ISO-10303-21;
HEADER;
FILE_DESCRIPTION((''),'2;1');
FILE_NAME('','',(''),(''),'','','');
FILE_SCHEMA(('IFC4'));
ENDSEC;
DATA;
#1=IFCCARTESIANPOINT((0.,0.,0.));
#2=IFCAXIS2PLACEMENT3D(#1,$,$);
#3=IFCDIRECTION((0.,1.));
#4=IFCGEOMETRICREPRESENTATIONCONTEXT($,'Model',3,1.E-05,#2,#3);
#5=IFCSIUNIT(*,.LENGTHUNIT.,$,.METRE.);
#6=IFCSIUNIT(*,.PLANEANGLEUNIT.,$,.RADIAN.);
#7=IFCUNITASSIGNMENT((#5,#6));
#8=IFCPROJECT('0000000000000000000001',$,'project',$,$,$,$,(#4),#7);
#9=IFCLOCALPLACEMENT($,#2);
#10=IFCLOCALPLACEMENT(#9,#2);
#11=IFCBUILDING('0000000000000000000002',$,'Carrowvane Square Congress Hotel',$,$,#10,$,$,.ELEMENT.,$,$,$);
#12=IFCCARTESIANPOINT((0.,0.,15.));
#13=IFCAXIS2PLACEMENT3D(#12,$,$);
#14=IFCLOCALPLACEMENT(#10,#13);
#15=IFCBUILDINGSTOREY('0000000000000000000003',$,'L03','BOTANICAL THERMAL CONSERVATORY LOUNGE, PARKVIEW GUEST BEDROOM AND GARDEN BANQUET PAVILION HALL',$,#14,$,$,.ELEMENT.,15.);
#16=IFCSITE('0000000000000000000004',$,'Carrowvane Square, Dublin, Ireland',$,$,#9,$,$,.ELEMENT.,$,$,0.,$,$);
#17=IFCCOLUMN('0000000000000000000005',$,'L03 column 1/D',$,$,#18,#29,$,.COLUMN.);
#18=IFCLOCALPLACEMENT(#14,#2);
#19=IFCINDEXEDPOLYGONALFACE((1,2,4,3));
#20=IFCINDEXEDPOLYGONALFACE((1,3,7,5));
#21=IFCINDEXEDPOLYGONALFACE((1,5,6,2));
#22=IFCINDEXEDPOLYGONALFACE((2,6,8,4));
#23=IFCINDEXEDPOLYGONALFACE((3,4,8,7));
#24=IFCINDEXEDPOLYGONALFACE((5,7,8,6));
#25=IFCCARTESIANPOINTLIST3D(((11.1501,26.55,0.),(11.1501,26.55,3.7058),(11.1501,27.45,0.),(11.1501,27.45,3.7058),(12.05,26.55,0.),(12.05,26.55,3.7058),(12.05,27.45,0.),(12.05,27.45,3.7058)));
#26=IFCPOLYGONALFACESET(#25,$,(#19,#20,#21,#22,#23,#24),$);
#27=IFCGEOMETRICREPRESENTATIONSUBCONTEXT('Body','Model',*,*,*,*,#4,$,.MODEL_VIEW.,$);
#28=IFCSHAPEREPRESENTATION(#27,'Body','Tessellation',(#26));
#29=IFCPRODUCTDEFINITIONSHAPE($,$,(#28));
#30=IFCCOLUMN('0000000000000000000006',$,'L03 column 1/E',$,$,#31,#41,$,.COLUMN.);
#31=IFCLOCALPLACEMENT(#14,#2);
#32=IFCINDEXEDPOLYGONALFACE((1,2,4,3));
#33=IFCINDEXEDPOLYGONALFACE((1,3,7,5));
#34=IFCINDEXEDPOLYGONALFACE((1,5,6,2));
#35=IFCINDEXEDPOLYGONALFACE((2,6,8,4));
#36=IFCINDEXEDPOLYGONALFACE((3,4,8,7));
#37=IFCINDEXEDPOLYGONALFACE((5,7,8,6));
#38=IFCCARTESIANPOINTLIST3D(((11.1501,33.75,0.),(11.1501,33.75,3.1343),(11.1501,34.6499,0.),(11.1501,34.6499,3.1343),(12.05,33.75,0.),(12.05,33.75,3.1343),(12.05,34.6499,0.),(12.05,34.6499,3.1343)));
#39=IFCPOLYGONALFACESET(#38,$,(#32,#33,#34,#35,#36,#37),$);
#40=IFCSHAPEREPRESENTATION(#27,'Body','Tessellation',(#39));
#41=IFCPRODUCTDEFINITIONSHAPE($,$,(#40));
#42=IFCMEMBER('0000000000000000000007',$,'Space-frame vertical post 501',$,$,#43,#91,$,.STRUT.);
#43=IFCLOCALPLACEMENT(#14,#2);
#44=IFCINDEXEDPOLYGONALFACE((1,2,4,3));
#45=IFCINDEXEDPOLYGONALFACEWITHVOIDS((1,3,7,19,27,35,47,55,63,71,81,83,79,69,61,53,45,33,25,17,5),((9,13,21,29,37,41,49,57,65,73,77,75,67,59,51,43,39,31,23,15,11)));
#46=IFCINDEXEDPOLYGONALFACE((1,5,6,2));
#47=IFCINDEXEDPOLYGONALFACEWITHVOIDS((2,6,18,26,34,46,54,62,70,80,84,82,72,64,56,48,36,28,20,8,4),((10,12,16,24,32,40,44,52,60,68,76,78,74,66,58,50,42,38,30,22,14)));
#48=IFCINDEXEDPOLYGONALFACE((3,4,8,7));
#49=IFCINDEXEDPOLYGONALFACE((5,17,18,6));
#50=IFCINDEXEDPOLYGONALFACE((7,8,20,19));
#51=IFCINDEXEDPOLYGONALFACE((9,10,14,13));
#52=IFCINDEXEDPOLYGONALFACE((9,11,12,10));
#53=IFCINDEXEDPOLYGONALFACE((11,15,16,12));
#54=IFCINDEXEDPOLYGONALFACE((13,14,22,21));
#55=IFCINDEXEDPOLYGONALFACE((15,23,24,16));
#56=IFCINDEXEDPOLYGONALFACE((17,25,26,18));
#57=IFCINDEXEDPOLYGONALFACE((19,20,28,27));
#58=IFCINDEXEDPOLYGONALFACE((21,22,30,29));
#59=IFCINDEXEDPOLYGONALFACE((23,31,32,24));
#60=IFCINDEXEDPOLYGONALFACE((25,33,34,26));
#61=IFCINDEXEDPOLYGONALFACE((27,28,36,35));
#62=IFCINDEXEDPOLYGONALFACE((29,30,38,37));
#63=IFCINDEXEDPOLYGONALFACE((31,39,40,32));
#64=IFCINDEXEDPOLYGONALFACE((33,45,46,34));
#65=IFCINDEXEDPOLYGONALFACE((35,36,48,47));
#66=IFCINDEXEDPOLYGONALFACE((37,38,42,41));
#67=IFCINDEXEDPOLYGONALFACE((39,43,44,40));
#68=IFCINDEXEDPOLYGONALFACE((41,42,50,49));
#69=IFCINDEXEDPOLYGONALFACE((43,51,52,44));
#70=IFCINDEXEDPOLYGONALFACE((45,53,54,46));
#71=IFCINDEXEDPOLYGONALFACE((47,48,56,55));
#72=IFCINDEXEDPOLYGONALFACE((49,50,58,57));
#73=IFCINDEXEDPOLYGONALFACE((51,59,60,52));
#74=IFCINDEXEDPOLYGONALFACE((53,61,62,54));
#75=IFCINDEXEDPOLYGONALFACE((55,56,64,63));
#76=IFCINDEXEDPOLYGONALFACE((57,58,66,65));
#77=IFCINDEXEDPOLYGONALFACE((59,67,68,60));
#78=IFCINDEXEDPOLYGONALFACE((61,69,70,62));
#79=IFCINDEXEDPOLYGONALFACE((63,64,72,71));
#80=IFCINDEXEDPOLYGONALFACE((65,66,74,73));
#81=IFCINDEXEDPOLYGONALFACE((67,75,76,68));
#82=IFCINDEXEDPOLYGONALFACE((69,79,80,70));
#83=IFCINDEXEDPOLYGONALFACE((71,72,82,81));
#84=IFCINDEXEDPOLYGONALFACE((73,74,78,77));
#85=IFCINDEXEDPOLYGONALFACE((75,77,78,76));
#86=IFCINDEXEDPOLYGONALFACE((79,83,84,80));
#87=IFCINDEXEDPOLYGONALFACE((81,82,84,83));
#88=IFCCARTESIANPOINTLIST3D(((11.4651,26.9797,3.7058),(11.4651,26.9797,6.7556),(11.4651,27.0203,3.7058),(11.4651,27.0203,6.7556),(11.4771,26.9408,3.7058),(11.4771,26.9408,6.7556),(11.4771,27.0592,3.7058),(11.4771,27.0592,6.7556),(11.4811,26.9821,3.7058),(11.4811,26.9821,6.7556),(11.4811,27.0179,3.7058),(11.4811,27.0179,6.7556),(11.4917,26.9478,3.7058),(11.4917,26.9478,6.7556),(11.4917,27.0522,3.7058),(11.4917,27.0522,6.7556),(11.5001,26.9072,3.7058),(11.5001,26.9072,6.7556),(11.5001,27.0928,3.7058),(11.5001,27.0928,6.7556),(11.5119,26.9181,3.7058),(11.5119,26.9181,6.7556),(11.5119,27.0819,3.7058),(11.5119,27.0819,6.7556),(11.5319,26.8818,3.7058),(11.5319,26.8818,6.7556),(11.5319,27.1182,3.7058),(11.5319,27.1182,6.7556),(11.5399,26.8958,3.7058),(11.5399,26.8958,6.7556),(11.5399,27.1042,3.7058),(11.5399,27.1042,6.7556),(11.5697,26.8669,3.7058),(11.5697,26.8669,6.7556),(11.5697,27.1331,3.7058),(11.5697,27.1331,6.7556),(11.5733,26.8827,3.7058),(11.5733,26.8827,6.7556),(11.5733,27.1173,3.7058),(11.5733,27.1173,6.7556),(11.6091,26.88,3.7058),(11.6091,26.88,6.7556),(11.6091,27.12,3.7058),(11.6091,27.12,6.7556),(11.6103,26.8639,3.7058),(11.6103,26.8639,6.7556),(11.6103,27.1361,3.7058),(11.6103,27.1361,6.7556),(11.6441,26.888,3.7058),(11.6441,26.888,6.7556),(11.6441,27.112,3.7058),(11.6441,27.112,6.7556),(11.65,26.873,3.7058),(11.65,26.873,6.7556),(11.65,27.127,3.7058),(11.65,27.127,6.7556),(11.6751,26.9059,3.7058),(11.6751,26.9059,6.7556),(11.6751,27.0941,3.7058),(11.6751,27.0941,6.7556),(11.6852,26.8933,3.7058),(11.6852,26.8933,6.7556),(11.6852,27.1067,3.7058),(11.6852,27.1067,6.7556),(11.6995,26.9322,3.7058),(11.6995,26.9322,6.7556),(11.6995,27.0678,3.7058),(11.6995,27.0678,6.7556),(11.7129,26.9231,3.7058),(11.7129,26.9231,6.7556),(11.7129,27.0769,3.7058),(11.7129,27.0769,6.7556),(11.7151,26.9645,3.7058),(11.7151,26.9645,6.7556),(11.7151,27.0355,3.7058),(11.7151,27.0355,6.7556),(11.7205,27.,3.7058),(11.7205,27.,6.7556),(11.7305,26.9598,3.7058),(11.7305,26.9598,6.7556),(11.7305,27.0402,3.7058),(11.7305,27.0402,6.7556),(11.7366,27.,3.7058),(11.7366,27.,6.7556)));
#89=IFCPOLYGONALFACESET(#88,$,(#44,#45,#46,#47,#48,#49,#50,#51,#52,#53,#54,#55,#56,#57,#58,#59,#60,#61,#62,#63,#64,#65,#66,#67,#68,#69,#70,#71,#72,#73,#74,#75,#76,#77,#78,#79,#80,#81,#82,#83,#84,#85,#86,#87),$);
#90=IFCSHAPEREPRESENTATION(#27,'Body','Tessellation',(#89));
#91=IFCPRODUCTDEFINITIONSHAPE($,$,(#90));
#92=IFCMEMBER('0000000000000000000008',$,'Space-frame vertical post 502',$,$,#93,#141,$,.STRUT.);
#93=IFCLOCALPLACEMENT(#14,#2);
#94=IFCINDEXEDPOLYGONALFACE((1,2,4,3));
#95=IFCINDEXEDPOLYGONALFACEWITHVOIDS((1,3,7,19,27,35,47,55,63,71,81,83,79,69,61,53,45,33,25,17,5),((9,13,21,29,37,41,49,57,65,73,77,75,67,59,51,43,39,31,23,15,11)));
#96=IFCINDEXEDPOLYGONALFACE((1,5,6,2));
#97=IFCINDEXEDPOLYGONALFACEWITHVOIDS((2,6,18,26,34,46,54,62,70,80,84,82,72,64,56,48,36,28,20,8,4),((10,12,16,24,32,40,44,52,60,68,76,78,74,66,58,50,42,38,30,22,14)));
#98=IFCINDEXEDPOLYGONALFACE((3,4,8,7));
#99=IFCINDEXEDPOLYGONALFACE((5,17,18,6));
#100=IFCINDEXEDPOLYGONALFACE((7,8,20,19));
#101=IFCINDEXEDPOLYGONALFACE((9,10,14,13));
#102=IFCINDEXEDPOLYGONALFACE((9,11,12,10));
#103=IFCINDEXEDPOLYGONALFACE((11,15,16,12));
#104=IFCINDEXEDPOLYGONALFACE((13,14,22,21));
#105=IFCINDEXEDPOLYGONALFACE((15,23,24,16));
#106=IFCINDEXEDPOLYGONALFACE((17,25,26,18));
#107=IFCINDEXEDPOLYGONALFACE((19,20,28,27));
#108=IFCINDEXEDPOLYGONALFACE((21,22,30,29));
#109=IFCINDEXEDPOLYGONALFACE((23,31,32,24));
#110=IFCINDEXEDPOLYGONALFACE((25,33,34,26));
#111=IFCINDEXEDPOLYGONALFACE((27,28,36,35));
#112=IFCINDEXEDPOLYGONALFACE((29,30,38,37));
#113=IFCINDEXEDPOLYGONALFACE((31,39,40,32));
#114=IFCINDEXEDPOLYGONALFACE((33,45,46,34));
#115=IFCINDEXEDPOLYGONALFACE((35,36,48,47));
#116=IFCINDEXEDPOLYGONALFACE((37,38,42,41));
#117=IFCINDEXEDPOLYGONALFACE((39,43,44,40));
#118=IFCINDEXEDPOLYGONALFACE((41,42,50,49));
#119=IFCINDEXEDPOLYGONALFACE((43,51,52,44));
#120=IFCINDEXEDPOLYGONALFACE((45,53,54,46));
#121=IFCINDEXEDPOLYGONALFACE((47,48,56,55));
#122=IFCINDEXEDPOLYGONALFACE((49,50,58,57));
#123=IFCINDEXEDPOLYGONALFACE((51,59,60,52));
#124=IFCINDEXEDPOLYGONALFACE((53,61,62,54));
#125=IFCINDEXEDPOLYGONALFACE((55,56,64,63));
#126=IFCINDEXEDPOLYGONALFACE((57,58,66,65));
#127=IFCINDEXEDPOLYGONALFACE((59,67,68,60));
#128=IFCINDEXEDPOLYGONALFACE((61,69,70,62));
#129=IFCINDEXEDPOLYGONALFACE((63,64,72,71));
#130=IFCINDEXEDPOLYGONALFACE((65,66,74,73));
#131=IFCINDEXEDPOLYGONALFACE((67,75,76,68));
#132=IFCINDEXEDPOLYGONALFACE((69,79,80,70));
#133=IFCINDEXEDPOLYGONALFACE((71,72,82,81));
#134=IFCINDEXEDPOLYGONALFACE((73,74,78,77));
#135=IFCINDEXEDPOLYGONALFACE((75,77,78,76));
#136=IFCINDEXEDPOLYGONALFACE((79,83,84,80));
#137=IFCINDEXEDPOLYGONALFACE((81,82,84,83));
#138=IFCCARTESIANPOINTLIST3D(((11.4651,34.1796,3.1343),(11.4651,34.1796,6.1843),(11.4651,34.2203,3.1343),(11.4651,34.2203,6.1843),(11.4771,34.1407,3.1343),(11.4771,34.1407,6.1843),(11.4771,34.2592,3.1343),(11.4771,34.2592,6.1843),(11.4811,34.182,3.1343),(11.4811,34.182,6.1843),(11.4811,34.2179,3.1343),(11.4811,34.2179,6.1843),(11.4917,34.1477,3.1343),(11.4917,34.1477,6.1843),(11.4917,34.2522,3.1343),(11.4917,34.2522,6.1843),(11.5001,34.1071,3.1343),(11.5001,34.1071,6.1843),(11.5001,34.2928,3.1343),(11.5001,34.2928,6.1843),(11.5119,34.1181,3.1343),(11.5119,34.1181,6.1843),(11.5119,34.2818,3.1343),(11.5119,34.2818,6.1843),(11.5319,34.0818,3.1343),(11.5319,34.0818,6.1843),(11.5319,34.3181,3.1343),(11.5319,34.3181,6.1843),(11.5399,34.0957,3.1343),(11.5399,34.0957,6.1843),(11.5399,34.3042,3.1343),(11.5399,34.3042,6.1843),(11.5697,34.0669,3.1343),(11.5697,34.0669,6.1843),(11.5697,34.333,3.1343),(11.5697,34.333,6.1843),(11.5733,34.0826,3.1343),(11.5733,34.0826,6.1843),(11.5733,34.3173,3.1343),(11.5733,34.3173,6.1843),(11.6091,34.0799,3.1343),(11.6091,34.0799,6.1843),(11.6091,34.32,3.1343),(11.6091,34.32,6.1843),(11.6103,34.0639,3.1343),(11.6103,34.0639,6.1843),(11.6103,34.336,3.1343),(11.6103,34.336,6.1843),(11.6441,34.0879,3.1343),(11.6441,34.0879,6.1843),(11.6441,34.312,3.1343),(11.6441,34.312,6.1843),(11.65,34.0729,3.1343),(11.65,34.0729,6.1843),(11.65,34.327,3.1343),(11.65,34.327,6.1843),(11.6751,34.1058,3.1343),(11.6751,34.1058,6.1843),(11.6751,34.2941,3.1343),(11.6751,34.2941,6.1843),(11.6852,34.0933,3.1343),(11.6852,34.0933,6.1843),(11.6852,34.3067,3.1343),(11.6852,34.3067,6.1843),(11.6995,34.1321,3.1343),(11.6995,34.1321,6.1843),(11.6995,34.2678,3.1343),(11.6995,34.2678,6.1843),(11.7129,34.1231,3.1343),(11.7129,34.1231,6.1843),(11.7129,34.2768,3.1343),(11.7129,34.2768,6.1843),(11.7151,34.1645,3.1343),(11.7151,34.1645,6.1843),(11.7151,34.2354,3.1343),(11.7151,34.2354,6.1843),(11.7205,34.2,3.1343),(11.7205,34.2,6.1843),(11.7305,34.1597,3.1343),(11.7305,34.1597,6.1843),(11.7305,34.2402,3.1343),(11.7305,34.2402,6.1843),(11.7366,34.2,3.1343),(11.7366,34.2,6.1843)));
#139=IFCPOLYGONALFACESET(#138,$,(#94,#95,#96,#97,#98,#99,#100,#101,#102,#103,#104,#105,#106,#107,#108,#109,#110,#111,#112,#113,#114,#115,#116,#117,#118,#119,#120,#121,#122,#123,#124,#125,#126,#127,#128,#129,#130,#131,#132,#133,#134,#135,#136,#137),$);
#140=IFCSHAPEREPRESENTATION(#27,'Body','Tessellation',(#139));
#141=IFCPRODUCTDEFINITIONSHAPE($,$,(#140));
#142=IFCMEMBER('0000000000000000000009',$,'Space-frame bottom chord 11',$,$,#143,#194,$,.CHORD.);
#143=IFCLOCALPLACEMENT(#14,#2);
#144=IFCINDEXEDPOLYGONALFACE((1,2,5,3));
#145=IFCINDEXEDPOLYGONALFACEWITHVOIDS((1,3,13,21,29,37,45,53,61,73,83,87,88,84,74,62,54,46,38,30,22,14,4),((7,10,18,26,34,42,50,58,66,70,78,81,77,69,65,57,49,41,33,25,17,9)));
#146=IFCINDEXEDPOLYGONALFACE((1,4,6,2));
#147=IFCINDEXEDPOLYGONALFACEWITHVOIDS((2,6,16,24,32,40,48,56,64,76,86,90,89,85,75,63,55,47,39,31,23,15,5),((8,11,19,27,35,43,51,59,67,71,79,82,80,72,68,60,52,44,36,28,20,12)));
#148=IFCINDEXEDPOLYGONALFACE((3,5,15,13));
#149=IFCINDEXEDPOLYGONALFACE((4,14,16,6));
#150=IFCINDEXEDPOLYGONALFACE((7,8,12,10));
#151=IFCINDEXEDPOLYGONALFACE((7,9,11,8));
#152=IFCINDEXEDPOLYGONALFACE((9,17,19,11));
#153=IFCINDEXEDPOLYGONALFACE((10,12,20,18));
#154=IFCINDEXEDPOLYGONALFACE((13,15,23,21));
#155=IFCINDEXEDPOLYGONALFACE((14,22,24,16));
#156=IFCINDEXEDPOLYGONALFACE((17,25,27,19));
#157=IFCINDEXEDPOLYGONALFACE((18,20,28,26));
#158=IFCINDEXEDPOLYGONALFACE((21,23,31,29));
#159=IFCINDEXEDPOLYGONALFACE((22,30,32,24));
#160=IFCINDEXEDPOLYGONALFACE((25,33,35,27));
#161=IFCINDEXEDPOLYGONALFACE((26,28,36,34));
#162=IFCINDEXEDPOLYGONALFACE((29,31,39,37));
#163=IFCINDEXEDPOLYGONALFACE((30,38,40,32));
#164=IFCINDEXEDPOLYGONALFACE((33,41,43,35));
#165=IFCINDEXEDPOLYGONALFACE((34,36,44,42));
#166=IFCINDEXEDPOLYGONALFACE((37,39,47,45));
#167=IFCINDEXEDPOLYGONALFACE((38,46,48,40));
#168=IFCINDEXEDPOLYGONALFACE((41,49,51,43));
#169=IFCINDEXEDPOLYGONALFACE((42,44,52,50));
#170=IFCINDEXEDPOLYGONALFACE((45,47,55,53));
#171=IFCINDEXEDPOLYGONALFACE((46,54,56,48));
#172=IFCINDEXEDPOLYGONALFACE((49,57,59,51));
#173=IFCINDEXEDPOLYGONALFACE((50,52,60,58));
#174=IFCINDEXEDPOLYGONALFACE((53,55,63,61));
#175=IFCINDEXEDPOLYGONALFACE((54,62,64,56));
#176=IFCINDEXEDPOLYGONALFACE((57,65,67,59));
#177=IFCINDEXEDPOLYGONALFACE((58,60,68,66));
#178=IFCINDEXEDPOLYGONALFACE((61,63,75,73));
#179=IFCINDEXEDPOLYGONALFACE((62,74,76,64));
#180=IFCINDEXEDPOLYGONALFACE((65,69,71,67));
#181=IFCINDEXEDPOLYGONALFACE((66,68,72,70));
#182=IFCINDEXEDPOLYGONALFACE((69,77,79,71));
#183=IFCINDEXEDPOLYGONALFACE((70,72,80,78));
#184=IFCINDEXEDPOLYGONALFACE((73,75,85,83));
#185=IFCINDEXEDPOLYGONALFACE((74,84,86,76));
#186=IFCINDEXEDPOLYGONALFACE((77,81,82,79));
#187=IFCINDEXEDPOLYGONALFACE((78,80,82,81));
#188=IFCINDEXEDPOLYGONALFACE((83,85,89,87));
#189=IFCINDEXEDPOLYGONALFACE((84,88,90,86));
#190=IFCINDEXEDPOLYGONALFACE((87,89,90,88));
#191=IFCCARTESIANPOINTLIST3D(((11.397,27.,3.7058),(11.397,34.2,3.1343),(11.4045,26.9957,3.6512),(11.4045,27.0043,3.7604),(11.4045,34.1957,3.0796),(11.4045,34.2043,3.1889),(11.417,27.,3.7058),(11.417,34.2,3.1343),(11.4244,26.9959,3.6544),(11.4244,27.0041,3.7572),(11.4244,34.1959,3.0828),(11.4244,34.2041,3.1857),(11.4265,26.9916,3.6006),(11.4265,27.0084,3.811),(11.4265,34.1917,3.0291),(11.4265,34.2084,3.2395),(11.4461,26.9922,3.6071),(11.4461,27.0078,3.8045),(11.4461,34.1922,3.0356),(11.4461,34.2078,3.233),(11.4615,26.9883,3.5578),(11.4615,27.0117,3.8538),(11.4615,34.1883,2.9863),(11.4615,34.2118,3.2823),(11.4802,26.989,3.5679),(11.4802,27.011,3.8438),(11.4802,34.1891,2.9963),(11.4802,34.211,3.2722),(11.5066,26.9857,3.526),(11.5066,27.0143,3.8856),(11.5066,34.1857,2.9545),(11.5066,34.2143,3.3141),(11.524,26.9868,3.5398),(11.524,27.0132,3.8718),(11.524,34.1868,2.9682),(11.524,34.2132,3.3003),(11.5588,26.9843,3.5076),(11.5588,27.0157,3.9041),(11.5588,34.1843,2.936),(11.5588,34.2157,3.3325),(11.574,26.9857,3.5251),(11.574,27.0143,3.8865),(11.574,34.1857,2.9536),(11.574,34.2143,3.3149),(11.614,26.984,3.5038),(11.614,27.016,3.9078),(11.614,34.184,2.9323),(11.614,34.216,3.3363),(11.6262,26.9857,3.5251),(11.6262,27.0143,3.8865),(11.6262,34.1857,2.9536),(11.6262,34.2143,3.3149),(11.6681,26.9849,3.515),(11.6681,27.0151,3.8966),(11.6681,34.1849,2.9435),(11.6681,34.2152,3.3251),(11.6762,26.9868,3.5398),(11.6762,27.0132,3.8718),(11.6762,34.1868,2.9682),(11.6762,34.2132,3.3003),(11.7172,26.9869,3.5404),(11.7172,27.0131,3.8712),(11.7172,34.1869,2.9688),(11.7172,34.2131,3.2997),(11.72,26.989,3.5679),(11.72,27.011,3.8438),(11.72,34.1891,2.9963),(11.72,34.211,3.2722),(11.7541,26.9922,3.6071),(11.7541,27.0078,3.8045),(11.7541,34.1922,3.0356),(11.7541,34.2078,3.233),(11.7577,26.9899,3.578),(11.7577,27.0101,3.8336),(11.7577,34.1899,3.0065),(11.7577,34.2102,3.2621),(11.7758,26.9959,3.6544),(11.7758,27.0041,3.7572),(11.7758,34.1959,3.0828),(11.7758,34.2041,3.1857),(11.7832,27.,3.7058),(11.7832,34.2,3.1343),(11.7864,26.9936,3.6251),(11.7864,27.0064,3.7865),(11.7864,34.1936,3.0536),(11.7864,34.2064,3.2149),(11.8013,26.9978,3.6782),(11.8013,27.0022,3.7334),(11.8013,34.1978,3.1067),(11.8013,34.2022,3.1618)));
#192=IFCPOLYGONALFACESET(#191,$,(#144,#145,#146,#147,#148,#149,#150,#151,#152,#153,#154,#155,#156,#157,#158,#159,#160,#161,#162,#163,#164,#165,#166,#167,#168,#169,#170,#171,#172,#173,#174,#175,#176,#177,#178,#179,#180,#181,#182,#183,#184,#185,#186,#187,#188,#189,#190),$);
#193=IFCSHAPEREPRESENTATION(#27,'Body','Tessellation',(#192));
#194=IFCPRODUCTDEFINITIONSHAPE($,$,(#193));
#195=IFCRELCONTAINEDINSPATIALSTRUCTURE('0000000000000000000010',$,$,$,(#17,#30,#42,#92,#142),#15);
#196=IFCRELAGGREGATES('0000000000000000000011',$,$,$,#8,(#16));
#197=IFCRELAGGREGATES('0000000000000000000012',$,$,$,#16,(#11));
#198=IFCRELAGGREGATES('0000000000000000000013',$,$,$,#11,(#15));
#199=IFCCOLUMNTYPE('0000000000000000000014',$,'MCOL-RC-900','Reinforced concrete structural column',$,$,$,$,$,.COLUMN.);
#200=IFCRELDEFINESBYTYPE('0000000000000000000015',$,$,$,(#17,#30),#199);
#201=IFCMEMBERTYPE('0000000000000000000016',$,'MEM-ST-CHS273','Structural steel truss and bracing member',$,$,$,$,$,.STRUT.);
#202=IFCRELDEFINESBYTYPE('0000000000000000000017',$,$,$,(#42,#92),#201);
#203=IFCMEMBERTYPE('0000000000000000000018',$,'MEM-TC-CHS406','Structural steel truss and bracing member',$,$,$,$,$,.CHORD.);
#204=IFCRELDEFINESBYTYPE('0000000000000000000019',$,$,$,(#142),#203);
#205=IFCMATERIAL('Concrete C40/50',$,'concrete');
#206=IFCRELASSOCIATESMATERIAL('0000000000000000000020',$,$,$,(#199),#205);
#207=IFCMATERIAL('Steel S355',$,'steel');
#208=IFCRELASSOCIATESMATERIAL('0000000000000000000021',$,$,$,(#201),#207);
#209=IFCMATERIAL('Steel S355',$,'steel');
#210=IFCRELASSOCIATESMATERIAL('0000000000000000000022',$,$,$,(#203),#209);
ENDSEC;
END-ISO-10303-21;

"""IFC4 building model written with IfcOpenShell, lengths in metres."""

from ifc_helpers import new_model, si_unit, direction, frame, origin, origin_2d, place, context, subcontext, project, spatial, rectangle, hollow_circle, extrude, material, material_profile, profile_set, type_object, element, save


model = new_model("IFC4")

# Units and contexts
model_context = context("Model", 3, precision=1e-05, world=origin(), true_north=direction((0.0, 1.0)))
body_context = subcontext(model_context, "Body", "Model", "MODEL_VIEW")
ifc_project = project(units=[si_unit("LENGTHUNIT", "METRE"), si_unit("PLANEANGLEUNIT", "RADIAN")], contexts=[model_context])

# Site, building, storey
site_placement = place(None, origin())
site = spatial("IfcSite", under=ifc_project, at=site_placement, Name="Carrowvane Square, Dublin, Ireland", CompositionType="ELEMENT", RefElevation=0.0)
building_placement = place(site_placement, origin())
building = spatial("IfcBuilding", under=site, at=building_placement, Name="Carrowvane Square Congress Hotel", CompositionType="ELEMENT")
storey_placement = place(building_placement, frame((0.0, 0.0, 15.0)))
storey = spatial("IfcBuildingStorey", under=building, at=storey_placement, Name="L03", Description="BOTANICAL THERMAL CONSERVATORY LOUNGE, PARKVIEW GUEST BEDROOM AND GARDEN BANQUET PAVILION HALL", CompositionType="ELEMENT", Elevation=15.0)

# Columns
ifc_material_1 = material(Name="Concrete C40/50", Category="concrete")
ifc_material_profile_1 = material_profile(ifc_material_1, rectangle(XDim=0.8999, YDim=0.8999, at=origin_2d()), Name="RC 900x900")
ifc_profile_set_1 = profile_set([ifc_material_profile_1], Name="Concrete C40/50")
column_type = type_object("IfcColumnType", Name="MCOL-RC-900", Description="Reinforced concrete structural column", PredefinedType="COLUMN", material=ifc_profile_set_1)
column_1_placement = place(storey_placement, frame((11.6001, 27.0, 0.0), z_axis=(0.0, 0.0, 1.0), x_axis=(1.0, 0.0, 0.0)))
element("IfcColumn", 1, at=column_1_placement, inside=storey, type_object=column_type, Name="L03 column 1/D", PredefinedType="COLUMN", context=body_context, shape_type="SweptSolid", body=[
    extrude(rectangle(XDim=0.8999, YDim=0.8999, at=origin_2d()), origin(), (0.0, 0.0, 1.0), 3.7058),
])
column_2_placement = place(storey_placement, frame((11.6001, 34.2, 0.0), z_axis=(0.0, 0.0, 1.0), x_axis=(1.0, 0.0, 0.0)))
element("IfcColumn", 2, at=column_2_placement, inside=storey, type_object=column_type, Name="L03 column 1/E", PredefinedType="COLUMN", context=body_context, shape_type="SweptSolid", body=[
    extrude(rectangle(XDim=0.8999, YDim=0.8999, at=origin_2d()), origin(), (0.0, 0.0, 1.0), 3.1343),
])

# Members
ifc_material_2 = material(Name="Steel S355", Category="steel")
ifc_material_profile_2 = material_profile(ifc_material_2, hollow_circle(Radius=0.1365, WallThickness=0.0161, at=origin_2d()), Name="CHS 273.0x16")
ifc_profile_set_2 = profile_set([ifc_material_profile_2], Name="Steel S355")
member_type_1 = type_object("IfcMemberType", Name="MEM-ST-CHS273", Description="Structural steel truss and bracing member", PredefinedType="STRUT", material=ifc_profile_set_2)
member_1_placement = place(storey_placement, frame((11.6001, 27.0, 3.7058), z_axis=(0.0, 0.0, 1.0), x_axis=(1.0, 0.0, 0.0)))
element("IfcMember", 3, at=member_1_placement, inside=storey, type_object=member_type_1, Name="Space-frame vertical post 501", PredefinedType="STRUT", context=body_context, shape_type="SweptSolid", body=[
    extrude(hollow_circle(Radius=0.1365, WallThickness=0.0161, at=origin_2d()), origin(), (0.0, 0.0, 1.0), 3.0498),
])
member_2_placement = place(storey_placement, frame((11.6001, 34.2, 3.1343), z_axis=(0.0, 0.0, 1.0), x_axis=(1.0, 0.0, 0.0)))
element("IfcMember", 4, at=member_2_placement, inside=storey, type_object=member_type_1, Name="Space-frame vertical post 502", PredefinedType="STRUT", context=body_context, shape_type="SweptSolid", body=[
    extrude(hollow_circle(Radius=0.1365, WallThickness=0.0161, at=origin_2d()), origin(), (0.0, 0.0, 1.0), 3.05),
])
ifc_material_3 = material(Name="Steel S355", Category="steel")
ifc_material_profile_3 = material_profile(ifc_material_3, hollow_circle(Radius=0.2031, WallThickness=0.02, at=origin_2d()), Name="CHS 406.4x20")
ifc_profile_set_3 = profile_set([ifc_material_profile_3], Name="Steel S355")
member_type_2 = type_object("IfcMemberType", Name="MEM-TC-CHS406", Description="Structural steel truss and bracing member", PredefinedType="CHORD", material=ifc_profile_set_3)
for number, where, z_axis, x_axis, name in (
    (5, (11.6001, 27.0, 3.7058), (0.0, 0.996864, -0.079131), (-1.0, 0.0, 0.0), "Space-frame bottom chord 11"),
):
    element("IfcMember", number, at=place(storey_placement, frame(where, z_axis=z_axis, x_axis=x_axis)), inside=storey, type_object=member_type_2, Name=name, PredefinedType="CHORD", context=body_context, shape_type="SweptSolid", body=[
        extrude(hollow_circle(Radius=0.2031, WallThickness=0.02, at=origin_2d()), origin(), (0.0, 0.0, 1.0), 7.2227),
    ])

save(model, "model.ifc")
